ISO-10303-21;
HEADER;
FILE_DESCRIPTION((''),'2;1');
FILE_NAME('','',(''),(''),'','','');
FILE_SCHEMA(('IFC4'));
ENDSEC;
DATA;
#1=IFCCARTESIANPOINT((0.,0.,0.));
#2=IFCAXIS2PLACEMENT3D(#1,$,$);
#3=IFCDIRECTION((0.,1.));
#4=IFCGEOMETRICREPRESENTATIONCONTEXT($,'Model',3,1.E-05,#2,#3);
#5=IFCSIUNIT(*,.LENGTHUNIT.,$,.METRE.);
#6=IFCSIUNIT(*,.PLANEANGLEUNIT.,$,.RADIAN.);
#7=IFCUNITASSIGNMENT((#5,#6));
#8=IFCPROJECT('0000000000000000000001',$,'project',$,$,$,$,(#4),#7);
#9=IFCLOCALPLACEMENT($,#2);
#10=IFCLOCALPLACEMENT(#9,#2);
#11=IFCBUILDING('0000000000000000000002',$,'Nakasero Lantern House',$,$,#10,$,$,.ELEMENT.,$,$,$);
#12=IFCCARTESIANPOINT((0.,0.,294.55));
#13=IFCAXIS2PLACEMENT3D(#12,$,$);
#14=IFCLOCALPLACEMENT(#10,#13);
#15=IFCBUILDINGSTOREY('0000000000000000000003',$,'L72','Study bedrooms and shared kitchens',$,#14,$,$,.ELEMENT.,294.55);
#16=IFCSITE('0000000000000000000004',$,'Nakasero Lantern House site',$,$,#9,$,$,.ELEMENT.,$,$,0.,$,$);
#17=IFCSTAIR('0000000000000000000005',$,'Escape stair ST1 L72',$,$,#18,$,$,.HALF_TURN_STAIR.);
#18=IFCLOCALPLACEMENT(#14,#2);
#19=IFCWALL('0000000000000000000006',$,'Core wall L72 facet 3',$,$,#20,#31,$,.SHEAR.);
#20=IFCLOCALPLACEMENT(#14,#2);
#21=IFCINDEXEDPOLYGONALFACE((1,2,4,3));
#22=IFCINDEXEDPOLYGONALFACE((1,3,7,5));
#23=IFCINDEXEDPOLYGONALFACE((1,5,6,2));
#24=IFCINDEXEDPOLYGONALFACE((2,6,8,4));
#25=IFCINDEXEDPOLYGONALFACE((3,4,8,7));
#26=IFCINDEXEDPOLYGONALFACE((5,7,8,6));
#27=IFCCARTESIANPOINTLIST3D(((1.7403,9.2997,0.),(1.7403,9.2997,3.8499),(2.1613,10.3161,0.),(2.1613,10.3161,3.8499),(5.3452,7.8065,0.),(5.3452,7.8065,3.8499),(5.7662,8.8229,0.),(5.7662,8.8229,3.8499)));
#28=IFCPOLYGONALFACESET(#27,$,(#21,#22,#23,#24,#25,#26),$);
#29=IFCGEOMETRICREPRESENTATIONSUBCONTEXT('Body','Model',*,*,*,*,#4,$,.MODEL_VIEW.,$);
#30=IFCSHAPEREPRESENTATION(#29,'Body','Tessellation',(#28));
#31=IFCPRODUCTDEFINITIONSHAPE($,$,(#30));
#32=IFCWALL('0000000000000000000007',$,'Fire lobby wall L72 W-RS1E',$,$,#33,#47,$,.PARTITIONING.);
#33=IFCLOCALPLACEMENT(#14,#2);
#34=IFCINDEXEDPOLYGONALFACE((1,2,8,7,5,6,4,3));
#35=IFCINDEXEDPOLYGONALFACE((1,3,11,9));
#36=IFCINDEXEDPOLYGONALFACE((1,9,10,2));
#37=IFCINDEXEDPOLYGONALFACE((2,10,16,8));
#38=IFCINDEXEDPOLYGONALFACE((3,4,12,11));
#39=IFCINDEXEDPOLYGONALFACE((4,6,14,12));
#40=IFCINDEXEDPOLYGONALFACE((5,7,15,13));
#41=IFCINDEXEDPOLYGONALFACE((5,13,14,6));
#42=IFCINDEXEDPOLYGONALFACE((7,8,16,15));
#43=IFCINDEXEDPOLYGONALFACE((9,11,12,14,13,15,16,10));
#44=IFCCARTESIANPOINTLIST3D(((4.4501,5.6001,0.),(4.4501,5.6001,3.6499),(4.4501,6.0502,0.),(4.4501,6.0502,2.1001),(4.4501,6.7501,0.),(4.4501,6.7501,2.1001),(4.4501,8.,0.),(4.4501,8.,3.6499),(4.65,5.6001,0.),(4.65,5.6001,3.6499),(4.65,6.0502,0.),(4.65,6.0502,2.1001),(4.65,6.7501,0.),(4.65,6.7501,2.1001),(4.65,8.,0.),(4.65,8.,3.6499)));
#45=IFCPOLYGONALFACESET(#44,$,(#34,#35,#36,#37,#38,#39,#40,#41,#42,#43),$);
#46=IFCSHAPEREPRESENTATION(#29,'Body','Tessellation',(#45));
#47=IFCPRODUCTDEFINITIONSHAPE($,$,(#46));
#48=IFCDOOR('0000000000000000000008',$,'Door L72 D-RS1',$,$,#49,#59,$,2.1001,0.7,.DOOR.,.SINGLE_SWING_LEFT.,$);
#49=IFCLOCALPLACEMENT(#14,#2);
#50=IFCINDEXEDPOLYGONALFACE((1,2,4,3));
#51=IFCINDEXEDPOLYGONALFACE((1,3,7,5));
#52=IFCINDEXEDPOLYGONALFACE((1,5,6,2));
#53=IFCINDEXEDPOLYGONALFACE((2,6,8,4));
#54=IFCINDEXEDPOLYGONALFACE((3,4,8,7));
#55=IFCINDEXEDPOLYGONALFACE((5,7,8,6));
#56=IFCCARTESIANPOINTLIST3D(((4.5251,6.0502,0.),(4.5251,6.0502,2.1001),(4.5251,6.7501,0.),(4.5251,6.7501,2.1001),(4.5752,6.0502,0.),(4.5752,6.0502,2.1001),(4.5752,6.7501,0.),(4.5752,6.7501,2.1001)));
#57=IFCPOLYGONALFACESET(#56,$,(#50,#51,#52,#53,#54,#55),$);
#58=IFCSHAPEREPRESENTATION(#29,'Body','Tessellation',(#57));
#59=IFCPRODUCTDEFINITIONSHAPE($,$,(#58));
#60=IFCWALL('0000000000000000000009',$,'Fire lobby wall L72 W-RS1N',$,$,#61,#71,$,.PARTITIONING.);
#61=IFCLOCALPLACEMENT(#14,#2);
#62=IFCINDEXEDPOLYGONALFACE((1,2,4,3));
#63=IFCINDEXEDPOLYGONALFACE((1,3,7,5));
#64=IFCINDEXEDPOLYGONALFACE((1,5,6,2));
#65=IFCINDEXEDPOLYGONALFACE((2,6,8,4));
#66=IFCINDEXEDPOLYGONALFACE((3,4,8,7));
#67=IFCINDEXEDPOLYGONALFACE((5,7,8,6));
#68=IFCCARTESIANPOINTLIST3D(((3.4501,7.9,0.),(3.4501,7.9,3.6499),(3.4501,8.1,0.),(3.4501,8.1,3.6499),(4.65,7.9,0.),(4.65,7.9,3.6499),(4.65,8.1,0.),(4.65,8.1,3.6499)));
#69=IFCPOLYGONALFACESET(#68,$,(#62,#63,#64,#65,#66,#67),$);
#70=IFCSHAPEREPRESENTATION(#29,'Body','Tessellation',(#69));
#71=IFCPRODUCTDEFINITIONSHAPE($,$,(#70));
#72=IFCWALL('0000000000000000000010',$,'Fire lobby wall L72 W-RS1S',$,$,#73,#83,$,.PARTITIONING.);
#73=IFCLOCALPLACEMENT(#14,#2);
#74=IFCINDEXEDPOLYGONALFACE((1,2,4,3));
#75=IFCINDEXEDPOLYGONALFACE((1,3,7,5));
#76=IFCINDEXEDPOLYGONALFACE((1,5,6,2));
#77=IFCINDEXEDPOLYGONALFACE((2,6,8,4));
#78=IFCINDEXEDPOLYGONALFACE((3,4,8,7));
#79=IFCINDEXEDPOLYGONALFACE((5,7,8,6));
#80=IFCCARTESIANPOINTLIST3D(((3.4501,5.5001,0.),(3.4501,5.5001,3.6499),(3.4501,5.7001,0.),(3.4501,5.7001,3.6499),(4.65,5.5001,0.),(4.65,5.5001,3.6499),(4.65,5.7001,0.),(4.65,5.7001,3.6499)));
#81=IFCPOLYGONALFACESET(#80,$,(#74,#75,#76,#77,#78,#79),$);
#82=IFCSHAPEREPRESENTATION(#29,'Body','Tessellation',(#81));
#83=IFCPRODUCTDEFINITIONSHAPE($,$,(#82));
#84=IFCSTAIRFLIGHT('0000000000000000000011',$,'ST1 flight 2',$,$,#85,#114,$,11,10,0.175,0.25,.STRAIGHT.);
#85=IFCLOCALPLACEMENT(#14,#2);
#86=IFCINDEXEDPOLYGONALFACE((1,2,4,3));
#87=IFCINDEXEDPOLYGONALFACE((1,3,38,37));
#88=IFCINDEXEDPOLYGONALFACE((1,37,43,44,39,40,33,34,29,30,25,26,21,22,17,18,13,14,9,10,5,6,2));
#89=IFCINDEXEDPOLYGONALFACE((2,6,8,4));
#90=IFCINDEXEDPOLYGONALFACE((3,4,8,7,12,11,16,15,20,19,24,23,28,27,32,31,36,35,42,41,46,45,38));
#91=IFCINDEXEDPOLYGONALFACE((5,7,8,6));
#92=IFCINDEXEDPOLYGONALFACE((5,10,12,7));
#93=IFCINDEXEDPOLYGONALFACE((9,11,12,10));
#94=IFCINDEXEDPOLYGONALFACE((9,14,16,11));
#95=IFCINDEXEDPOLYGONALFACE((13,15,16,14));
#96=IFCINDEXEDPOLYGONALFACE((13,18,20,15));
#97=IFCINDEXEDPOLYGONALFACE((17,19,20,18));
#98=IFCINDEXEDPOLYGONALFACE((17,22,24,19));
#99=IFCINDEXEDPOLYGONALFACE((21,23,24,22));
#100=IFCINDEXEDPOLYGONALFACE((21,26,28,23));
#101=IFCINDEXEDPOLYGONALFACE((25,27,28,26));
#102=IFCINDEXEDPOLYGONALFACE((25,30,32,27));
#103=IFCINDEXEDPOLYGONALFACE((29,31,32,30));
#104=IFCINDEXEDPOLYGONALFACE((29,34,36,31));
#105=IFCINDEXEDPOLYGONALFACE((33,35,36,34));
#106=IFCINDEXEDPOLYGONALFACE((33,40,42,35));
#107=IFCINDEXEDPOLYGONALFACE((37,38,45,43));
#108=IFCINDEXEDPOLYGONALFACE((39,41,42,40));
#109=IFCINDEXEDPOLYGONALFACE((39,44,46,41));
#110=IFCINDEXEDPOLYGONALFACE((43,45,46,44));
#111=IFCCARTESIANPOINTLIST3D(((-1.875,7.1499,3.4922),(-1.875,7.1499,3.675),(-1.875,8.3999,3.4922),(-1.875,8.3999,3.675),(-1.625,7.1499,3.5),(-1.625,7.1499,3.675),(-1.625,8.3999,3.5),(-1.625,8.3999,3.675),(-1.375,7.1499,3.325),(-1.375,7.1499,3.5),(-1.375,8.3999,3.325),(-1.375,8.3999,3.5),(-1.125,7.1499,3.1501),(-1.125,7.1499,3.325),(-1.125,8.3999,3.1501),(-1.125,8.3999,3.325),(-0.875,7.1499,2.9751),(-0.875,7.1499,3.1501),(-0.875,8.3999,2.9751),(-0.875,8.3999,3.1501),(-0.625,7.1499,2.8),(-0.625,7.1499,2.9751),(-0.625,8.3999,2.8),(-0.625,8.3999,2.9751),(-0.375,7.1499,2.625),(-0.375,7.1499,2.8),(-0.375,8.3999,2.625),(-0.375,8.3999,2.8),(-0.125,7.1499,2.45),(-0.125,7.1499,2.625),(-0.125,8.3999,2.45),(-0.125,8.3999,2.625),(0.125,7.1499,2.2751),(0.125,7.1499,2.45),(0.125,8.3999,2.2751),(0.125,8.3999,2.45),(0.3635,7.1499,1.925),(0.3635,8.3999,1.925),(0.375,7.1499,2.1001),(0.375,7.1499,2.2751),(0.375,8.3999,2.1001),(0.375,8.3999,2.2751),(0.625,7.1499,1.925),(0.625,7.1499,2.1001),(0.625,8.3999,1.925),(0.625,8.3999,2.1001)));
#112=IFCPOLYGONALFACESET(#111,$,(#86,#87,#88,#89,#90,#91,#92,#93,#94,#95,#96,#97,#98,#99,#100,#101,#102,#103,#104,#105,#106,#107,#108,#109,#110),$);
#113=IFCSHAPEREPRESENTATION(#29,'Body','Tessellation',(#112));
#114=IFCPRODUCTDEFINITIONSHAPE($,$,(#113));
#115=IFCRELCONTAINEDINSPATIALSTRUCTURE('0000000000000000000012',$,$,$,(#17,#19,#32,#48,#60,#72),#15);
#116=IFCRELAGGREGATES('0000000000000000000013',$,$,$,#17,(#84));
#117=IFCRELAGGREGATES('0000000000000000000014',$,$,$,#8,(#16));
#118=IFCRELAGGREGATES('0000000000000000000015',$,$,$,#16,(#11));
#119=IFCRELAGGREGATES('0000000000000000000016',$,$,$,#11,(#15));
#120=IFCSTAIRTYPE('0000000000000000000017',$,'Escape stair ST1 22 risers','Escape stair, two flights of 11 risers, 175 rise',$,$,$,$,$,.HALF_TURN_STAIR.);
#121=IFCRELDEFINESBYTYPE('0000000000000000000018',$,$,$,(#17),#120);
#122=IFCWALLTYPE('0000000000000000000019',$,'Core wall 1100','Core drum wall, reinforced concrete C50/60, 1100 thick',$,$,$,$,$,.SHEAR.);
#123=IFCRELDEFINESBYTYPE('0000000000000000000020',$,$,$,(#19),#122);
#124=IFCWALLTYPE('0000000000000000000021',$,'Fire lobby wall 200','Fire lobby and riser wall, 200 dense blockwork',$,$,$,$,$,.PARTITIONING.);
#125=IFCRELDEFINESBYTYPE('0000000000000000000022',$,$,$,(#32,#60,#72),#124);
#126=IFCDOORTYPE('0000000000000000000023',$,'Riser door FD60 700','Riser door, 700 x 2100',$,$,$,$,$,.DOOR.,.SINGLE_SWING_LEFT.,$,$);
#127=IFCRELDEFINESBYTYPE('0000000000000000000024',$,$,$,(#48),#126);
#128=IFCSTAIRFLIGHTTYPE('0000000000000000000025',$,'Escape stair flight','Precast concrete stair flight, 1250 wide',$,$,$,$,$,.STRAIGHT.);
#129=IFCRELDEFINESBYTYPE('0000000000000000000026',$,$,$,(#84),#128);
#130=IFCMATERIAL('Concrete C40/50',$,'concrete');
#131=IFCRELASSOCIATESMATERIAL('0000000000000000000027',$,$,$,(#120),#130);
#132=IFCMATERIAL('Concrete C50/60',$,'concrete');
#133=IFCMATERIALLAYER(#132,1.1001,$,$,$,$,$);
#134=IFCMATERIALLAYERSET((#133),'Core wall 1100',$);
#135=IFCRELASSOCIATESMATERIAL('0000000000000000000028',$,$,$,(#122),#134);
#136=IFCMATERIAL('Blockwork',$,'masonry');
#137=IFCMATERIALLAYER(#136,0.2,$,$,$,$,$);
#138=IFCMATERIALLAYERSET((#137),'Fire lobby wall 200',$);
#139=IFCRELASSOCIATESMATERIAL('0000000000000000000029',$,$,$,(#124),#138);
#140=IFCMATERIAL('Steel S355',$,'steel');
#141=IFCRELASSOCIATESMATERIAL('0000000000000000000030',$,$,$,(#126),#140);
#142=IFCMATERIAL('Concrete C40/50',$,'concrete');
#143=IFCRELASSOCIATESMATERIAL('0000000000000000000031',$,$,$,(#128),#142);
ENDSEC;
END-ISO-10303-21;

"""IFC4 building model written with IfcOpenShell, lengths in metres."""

from ifc_helpers import new_model, si_unit, direction, frame, frame_2d, origin, place, context, subcontext, project, spatial, polyline, rectangle, outline, extrude, material, layer, layer_set, type_object, element, fill, aggregate, save


model = new_model("IFC4")

# Units and contexts
model_context = context("Model", 3, precision=1e-05, world=origin(), true_north=direction((0.0, 1.0)))
body_context = subcontext(model_context, "Body", "Model", "MODEL_VIEW")
ifc_project = project(units=[si_unit("LENGTHUNIT", "METRE"), si_unit("PLANEANGLEUNIT", "RADIAN")], contexts=[model_context])

# Site, building, storey
site_placement = place(None, origin())
site = spatial("IfcSite", under=ifc_project, at=site_placement, Name="Nakasero Lantern House site", CompositionType="ELEMENT", RefElevation=0.0)
building_placement = place(site_placement, origin())
building = spatial("IfcBuilding", under=site, at=building_placement, Name="Nakasero Lantern House", CompositionType="ELEMENT")
storey_placement = place(building_placement, frame((0.0, 0.0, 294.55)))
storey = spatial("IfcBuildingStorey", under=building, at=storey_placement, Name="L72", Description="Study bedrooms and shared kitchens", CompositionType="ELEMENT", Elevation=294.55)

# Stair
ifc_material_1 = material(Name="Concrete C40/50", Category="concrete")
stair_type_1 = type_object("IfcStairType", Name="Escape stair ST1 22 risers", Description="Escape stair, two flights of 11 risers, 175 rise", PredefinedType="HALF_TURN_STAIR", material=ifc_material_1)
stair_1_placement = place(storey_placement, origin())
stair_1 = element("IfcStair", 1, at=stair_1_placement, inside=storey, type_object=stair_type_1, Name="Escape stair ST1 L72", PredefinedType="HALF_TURN_STAIR")

# Shared definitions
ifc_material_2 = material(Name="Concrete C50/60", Category="concrete")
ifc_layer_1 = layer(ifc_material_2, 1.1001)
ifc_layer_set_1 = layer_set([ifc_layer_1], Name="Core wall 1100")
wall_type_1 = type_object("IfcWallType", Name="Core wall 1100", Description="Core drum wall, reinforced concrete C50/60, 1100 thick", PredefinedType="SHEAR", material=ifc_layer_set_1)

# Wall
wall_1_placement = place(storey_placement, frame((5.5557, 8.3147, 0.0), z_axis=(0.0, 0.0, 1.0), x_axis=(-0.923877, 0.382691, 0.0)))
element("IfcWall", 2, at=wall_1_placement, inside=storey, type_object=wall_type_1, Name="Core wall L72 facet 3", PredefinedType="SHEAR", context=body_context, shape_type="SweptSolid", body=[
    extrude(rectangle(XDim=3.9019, YDim=1.1001, at=frame_2d((1.9509, 0.0))), origin(), (0.0, 0.0, 1.0), 3.8499),
])

# Wall, opening, door
ifc_material_3 = material(Name="Blockwork", Category="masonry")
ifc_layer_2 = layer(ifc_material_3, 0.2)
ifc_layer_set_2 = layer_set([ifc_layer_2], Name="Fire lobby wall 200")
wall_type_2 = type_object("IfcWallType", Name="Fire lobby wall 200", Description="Fire lobby and riser wall, 200 dense blockwork", PredefinedType="PARTITIONING", material=ifc_layer_set_2)
wall_2_placement = place(storey_placement, frame((4.55, 5.6001, 0.0), z_axis=(0.0, 0.0, 1.0), x_axis=(0.0, 1.0, 0.0)))
wall_2 = element("IfcWall", 3, at=wall_2_placement, inside=storey, type_object=wall_type_2, Name="Fire lobby wall L72 W-RS1E", PredefinedType="PARTITIONING", context=body_context, shape_type="SweptSolid", body=[
    extrude(rectangle(XDim=2.3999, YDim=0.2, at=frame_2d((1.2, 0.0))), origin(), (0.0, 0.0, 1.0), 3.6499),
])
opening_1_placement = place(wall_2_placement, frame((0.45, 0.0, 0.0)))
opening_1 = element("IfcOpeningElement", 4, at=opening_1_placement, cuts=wall_2, PredefinedType="OPENING", context=body_context, shape_type="SweptSolid", body=[
    extrude(rectangle(XDim=0.7, YDim=2.1001, at=frame_2d((0.3501, 1.05))), frame((0.0, 0.1199, 0.0), z_axis=(0.0, -1.0, 0.0), x_axis=(1.0, 0.0, 0.0)), (0.0, 0.0, 1.0), 0.24),
])
ifc_material_4 = material(Name="Steel S355", Category="steel")
door_type_1 = type_object("IfcDoorType", Name="Riser door FD60 700", Description="Riser door, 700 x 2100", OperationType="SINGLE_SWING_LEFT", PredefinedType="DOOR", material=ifc_material_4)
door_1_placement = place(opening_1_placement, origin())
door_1 = element("IfcDoor", 5, at=door_1_placement, inside=storey, type_object=door_type_1, Name="Door L72 D-RS1", OperationType="SINGLE_SWING_LEFT", OverallHeight=2.1001, OverallWidth=0.7, PredefinedType="DOOR", context=body_context, shape_type="SweptSolid", body=[
    extrude(rectangle(XDim=0.7, YDim=2.1001, at=frame_2d((0.3501, 1.05))), frame((0.0, 0.0249, 0.0), z_axis=(0.0, -1.0, 0.0), x_axis=(1.0, 0.0, 0.0)), (0.0, 0.0, 1.0), 0.05),
])
fill(opening_1, door_1)

# Walls
for number, where, z_axis, x_axis, name in (
    (6, (3.45, 8.0, 0.0), (0.0, 0.0, 1.0), (1.0, 0.0, 0.0), "Fire lobby wall L72 W-RS1N"),
    (7, (3.45, 5.6001, 0.0), (0.0, 0.0, 1.0), (1.0, 0.0, 0.0), "Fire lobby wall L72 W-RS1S"),
):
    element("IfcWall", number, at=place(storey_placement, frame(where, z_axis=z_axis, x_axis=x_axis)), inside=storey, type_object=wall_type_2, Name=name, PredefinedType="PARTITIONING", context=body_context, shape_type="SweptSolid", body=[
        extrude(rectangle(XDim=1.2, YDim=0.2, at=frame_2d((0.6001, 0.0))), origin(), (0.0, 0.0, 1.0), 3.6499),
    ])

# Stair flight
ifc_material_5 = material(Name="Concrete C40/50", Category="concrete")
stair_flight_type = type_object("IfcStairFlightType", Name="Escape stair flight", Description="Precast concrete stair flight, 1250 wide", PredefinedType="STRAIGHT", material=ifc_material_5)
stair_flight_placement = place(storey_placement, frame((0.625, 7.7749, 1.925), z_axis=(0.0, 0.0, 1.0), x_axis=(-1.0, 0.0, 0.0)))
stair_flight = element("IfcStairFlight", 8, at=stair_flight_placement, type_object=stair_flight_type, Name="ST1 flight 2", NumberOfRisers=11, NumberOfTreads=10, PredefinedType="STRAIGHT", RiserHeight=0.175, TreadLength=0.25, context=body_context, shape_type="SweptSolid", body=[
    extrude(outline(polyline([(0.0, 0.0), (0.0, 0.175), (0.25, 0.175), (0.25, 0.3501), (0.5, 0.3501), (0.5, 0.5249), (0.75, 0.5249), (0.75, 0.7), (1.0, 0.7), (1.0, 0.875), (1.25, 0.875), (1.25, 1.05), (1.5, 1.05), (1.5, 1.2251), (1.75, 1.2251), (1.75, 1.3999), (2.0, 1.3999), (2.0, 1.575), (2.25, 1.575), (2.25, 1.75), (2.5, 1.75), (2.5, 1.925), (2.5, 1.5671), (0.2615, 0.0), (0.0, 0.0)])), frame((0.0, 0.625, 0.0), z_axis=(0.0, -1.0, 0.0), x_axis=(1.0, 0.0, 0.0)), (0.0, 0.0, 1.0), 1.25),
])
aggregate(stair_1, [stair_flight])

save(model, "model.ifc")
